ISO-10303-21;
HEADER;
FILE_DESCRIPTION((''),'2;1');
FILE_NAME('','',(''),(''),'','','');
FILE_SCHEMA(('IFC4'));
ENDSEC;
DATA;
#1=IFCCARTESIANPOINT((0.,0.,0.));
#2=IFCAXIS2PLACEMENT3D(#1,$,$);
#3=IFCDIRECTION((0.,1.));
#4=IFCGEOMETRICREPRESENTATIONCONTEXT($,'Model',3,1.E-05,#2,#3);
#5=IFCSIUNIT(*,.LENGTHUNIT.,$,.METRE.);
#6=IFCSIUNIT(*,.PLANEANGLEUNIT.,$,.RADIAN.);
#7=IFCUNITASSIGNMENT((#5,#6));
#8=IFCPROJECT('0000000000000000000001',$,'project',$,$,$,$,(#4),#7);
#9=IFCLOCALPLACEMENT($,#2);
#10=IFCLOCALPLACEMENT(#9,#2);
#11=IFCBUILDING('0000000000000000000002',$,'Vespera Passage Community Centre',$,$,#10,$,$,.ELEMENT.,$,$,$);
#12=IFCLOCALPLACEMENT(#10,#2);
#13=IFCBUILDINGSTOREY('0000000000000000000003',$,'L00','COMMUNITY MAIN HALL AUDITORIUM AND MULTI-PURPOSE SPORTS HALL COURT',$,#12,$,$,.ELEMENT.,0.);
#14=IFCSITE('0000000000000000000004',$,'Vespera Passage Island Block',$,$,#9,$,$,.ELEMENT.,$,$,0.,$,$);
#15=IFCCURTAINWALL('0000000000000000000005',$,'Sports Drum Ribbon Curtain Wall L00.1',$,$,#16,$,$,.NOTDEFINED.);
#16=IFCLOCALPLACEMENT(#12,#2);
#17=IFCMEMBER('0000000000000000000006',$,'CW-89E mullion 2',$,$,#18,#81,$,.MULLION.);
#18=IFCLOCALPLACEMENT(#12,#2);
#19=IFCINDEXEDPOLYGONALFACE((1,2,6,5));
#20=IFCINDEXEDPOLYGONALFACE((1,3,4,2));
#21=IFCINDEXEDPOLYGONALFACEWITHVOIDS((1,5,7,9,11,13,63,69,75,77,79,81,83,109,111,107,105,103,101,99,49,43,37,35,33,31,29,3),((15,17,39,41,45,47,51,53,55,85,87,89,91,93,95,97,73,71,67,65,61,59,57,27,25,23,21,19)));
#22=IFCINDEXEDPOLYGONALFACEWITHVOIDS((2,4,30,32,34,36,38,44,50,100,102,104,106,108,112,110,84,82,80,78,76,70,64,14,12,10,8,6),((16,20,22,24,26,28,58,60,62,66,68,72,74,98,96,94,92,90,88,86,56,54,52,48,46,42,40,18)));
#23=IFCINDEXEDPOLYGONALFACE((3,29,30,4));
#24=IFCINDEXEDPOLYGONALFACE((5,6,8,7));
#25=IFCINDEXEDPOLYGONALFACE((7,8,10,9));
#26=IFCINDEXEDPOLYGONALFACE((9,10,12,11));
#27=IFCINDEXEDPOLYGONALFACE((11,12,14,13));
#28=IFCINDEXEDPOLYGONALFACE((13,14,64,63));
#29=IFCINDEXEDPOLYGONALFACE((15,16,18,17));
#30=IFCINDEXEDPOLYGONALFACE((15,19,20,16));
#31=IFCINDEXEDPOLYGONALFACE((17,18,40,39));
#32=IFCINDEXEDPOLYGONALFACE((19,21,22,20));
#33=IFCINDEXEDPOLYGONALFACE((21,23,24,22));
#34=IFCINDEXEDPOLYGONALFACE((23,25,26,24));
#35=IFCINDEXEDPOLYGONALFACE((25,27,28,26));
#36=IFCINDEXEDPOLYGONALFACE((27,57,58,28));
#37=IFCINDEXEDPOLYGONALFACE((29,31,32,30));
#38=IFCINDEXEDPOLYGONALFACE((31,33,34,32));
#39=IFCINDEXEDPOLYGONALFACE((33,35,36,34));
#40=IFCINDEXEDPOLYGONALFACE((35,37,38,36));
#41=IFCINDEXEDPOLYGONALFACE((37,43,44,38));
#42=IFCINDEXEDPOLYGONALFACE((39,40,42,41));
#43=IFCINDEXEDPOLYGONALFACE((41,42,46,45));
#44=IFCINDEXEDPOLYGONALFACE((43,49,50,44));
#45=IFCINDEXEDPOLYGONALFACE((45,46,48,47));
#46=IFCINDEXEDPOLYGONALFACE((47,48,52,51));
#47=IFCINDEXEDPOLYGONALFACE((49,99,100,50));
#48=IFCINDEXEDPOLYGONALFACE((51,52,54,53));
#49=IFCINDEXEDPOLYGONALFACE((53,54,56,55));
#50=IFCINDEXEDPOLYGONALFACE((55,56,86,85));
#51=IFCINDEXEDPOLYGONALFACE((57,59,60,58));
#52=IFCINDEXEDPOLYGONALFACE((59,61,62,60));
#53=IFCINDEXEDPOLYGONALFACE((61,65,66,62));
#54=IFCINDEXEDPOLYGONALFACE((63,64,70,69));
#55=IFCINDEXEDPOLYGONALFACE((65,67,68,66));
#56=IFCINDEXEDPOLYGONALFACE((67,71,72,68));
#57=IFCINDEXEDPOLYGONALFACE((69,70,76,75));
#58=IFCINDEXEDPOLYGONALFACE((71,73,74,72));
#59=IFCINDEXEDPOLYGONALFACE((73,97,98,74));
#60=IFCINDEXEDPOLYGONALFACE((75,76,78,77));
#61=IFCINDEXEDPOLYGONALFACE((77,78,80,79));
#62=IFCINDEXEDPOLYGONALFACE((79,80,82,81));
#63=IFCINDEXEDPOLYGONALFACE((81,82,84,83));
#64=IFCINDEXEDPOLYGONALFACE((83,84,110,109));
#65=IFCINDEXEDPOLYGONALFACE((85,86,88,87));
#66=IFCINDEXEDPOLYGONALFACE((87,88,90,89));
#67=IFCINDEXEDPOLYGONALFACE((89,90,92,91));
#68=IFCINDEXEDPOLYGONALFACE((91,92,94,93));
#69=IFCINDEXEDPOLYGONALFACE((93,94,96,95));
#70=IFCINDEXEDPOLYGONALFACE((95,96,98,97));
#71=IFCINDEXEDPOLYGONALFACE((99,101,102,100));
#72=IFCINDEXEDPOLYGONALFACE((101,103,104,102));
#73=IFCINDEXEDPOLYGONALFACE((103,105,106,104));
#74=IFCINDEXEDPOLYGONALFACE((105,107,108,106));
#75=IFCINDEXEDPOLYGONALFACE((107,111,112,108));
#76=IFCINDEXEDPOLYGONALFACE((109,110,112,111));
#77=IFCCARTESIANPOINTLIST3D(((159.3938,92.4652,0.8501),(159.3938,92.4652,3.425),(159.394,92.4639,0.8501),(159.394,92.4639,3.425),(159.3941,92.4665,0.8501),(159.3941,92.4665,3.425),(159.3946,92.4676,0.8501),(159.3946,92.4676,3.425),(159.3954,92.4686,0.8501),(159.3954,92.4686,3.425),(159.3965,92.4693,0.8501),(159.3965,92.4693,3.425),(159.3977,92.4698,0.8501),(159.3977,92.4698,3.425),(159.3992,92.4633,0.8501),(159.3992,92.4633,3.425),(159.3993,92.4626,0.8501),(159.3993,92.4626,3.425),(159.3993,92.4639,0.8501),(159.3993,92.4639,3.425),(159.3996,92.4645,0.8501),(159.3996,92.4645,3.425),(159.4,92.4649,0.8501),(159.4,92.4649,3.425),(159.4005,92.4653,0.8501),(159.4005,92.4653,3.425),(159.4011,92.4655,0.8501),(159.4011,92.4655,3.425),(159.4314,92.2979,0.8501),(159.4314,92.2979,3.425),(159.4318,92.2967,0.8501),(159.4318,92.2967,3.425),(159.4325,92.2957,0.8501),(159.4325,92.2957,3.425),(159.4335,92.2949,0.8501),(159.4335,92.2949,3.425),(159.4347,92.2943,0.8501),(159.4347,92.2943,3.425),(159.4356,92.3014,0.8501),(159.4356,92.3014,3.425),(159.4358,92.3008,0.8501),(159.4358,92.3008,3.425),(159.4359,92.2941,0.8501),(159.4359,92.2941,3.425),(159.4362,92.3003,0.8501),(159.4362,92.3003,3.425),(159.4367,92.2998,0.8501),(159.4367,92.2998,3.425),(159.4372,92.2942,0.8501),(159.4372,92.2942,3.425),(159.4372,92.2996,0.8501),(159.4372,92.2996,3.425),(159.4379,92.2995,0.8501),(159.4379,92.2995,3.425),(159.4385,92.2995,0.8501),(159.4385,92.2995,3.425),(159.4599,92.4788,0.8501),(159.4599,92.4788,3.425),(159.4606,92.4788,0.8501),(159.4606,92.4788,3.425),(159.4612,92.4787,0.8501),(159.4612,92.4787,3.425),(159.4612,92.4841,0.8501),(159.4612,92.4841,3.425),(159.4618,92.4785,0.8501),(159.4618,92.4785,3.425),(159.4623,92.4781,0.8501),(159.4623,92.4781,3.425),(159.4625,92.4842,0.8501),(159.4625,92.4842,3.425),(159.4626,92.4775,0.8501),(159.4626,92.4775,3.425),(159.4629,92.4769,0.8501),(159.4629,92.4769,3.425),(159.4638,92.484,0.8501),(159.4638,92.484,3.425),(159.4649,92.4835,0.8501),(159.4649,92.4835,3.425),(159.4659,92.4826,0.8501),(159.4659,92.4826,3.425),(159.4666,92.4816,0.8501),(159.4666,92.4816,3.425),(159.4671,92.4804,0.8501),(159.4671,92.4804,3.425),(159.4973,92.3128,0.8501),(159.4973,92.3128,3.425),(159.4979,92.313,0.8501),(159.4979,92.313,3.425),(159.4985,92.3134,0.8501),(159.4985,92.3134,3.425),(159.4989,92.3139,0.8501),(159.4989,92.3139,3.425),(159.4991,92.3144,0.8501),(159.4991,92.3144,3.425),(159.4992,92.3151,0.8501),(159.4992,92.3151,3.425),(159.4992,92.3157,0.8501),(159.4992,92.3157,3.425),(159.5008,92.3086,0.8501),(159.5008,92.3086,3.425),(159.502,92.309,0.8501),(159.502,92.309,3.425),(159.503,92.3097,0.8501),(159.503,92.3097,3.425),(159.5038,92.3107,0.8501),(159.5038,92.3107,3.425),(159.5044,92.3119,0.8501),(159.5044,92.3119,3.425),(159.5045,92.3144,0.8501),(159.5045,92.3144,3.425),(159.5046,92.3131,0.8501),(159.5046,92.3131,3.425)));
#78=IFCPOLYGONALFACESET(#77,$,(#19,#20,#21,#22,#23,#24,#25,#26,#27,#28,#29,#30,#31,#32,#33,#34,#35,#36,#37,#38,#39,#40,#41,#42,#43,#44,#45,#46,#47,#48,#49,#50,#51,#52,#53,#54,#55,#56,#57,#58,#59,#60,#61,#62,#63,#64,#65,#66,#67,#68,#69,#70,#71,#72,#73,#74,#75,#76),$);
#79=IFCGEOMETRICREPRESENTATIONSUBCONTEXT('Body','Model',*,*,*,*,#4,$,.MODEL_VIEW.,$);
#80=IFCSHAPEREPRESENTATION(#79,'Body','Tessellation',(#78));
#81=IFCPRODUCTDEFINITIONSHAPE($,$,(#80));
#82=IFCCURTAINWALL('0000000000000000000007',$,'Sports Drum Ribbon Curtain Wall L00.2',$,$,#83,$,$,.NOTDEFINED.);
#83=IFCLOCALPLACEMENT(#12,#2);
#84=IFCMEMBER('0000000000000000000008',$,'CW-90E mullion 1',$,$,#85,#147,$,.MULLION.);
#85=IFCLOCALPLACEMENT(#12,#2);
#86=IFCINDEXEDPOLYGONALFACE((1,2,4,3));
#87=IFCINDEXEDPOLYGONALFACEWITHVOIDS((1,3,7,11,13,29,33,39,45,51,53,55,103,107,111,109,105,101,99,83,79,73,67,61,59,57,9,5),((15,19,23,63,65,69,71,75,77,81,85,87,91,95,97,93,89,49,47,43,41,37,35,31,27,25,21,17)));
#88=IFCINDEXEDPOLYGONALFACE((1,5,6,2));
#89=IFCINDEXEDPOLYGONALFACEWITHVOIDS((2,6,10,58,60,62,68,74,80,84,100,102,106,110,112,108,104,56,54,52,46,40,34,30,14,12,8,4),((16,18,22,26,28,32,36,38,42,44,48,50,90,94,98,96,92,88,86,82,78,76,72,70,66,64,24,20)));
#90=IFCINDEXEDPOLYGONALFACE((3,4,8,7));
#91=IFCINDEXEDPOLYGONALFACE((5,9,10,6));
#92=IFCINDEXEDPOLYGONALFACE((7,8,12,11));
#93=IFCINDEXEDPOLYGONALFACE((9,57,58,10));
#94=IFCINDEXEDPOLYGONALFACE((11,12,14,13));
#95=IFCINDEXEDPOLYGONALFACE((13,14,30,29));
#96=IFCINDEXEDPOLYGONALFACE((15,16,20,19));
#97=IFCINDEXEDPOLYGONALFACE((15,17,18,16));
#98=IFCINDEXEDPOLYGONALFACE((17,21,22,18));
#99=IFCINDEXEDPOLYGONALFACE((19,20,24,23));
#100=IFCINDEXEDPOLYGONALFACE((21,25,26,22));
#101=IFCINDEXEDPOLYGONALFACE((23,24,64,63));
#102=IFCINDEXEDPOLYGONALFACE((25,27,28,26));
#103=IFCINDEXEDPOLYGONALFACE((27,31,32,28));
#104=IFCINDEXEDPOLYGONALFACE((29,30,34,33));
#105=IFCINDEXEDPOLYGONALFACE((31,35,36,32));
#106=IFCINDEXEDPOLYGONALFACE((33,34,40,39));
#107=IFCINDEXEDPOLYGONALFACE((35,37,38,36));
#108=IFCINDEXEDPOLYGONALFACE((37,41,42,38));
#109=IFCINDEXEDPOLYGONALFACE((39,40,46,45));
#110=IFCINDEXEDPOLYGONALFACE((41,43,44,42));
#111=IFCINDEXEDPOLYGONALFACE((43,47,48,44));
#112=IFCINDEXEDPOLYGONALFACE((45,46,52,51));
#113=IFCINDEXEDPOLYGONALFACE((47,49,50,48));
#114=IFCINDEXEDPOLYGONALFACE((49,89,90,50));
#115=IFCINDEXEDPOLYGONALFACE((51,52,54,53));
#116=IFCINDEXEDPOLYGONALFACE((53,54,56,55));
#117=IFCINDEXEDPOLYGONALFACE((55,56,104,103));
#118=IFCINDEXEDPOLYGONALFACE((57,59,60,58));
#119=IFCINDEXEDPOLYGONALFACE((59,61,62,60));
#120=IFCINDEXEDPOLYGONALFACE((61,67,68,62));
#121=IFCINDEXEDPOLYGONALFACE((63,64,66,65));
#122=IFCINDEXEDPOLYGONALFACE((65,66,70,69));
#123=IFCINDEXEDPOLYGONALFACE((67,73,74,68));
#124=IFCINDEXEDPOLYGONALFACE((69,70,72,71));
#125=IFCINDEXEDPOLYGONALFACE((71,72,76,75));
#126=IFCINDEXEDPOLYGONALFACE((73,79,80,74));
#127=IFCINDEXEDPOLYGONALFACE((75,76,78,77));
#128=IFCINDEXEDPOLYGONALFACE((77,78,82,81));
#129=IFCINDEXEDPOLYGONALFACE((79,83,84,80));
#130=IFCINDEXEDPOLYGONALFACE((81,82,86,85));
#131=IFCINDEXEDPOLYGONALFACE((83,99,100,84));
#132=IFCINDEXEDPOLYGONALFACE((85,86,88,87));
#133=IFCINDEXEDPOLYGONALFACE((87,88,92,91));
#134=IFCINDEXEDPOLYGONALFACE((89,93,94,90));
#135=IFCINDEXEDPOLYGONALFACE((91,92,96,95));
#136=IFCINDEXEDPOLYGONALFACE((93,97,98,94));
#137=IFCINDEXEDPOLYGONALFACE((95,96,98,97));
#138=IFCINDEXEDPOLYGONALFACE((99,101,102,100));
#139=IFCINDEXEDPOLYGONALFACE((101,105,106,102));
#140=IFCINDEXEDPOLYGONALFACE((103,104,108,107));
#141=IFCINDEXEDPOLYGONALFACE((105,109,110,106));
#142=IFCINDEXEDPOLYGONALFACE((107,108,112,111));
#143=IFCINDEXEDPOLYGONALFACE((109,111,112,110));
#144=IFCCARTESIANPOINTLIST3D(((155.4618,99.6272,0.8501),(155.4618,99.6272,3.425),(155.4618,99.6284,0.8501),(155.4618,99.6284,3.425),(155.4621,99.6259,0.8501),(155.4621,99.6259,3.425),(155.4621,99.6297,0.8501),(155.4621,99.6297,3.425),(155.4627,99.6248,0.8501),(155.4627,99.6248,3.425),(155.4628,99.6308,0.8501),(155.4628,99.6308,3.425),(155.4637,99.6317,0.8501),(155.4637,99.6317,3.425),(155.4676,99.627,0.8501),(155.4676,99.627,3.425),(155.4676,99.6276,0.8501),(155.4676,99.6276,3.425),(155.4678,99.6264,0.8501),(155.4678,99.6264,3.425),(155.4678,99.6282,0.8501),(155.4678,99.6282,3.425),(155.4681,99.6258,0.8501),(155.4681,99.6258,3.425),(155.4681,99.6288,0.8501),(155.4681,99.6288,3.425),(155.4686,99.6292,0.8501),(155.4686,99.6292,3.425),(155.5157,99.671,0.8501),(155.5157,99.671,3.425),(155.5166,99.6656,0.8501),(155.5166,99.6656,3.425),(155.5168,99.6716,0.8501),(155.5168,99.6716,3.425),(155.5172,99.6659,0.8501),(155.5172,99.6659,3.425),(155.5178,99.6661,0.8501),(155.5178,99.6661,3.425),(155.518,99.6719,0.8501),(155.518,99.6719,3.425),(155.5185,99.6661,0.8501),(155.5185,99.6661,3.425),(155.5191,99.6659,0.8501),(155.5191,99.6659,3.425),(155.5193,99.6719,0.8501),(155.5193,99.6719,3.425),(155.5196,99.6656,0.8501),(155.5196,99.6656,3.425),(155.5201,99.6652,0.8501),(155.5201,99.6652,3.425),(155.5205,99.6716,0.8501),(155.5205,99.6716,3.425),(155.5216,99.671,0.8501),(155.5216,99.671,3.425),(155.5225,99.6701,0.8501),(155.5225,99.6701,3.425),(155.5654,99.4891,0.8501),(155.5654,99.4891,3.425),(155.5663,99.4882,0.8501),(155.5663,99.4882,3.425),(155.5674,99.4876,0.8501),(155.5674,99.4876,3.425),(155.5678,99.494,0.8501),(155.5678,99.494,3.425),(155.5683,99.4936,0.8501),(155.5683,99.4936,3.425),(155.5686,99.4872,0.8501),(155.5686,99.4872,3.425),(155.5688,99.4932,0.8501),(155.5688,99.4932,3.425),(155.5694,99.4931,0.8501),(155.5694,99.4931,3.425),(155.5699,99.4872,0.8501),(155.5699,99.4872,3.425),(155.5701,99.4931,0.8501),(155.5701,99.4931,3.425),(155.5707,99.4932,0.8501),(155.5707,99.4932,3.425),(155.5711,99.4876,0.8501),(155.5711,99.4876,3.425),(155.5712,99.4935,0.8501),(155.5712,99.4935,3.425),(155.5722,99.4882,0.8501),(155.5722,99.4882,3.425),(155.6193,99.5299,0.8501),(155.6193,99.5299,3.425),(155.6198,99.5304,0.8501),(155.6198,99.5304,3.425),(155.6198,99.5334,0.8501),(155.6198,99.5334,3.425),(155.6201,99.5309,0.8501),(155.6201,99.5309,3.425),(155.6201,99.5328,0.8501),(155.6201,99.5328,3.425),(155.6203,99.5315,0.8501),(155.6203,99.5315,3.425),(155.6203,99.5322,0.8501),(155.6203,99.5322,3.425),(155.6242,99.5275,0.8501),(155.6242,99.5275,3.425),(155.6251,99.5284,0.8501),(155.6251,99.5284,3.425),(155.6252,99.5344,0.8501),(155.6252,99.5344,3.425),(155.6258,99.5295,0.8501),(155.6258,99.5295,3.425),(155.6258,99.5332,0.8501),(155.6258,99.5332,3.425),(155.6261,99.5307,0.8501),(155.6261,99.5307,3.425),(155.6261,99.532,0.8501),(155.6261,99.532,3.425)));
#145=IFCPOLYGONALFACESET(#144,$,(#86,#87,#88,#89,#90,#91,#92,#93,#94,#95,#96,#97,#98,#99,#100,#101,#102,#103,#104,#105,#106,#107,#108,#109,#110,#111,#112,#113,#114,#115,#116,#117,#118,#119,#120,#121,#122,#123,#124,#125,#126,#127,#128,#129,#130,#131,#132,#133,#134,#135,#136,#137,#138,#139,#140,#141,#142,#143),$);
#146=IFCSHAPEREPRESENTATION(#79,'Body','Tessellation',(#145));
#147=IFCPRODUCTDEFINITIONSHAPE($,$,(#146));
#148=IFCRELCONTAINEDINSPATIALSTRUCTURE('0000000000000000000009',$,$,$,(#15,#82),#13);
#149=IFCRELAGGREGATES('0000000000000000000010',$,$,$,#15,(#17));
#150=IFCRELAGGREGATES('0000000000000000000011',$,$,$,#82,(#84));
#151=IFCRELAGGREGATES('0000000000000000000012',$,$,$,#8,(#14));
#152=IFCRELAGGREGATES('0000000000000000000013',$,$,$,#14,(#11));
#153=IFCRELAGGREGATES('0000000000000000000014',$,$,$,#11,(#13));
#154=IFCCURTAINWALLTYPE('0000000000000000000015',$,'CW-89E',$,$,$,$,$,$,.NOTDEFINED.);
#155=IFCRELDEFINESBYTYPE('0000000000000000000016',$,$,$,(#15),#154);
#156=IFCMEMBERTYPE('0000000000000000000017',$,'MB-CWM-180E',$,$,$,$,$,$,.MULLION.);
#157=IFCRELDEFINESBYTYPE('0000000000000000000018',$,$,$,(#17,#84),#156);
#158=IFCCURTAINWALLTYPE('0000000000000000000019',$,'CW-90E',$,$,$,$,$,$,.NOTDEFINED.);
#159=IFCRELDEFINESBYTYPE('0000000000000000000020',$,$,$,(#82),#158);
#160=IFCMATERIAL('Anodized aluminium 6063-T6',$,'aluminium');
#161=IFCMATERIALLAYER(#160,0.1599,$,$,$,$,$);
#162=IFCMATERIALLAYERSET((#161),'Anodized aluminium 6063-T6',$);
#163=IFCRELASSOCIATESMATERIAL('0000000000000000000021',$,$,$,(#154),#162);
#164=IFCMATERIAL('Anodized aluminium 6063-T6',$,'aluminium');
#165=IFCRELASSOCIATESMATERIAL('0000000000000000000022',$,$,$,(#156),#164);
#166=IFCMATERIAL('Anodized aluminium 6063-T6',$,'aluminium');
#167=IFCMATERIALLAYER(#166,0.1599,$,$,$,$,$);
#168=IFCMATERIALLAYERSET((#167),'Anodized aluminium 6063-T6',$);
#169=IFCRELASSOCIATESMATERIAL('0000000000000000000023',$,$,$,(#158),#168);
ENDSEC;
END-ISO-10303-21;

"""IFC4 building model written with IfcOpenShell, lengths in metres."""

from ifc_helpers import new_model, si_unit, direction, frame, origin, origin_2d, place, context, subcontext, project, spatial, hollow_rectangle, extrude, material, layer, layer_set, material_profile, profile_set, type_object, element, aggregate, save


model = new_model("IFC4")

# Units and contexts
model_context = context("Model", 3, precision=1e-05, world=origin(), true_north=direction((0.0, 1.0)))
body_context = subcontext(model_context, "Body", "Model", "MODEL_VIEW")
ifc_project = project(units=[si_unit("LENGTHUNIT", "METRE"), si_unit("PLANEANGLEUNIT", "RADIAN")], contexts=[model_context])

# Site, building, storey
site_placement = place(None, origin())
site = spatial("IfcSite", under=ifc_project, at=site_placement, Name="Vespera Passage Island Block", CompositionType="ELEMENT", RefElevation=0.0)
building_placement = place(site_placement, origin())
building = spatial("IfcBuilding", under=site, at=building_placement, Name="Vespera Passage Community Centre", CompositionType="ELEMENT")
storey_placement = place(building_placement, origin())
storey = spatial("IfcBuildingStorey", under=building, at=storey_placement, Name="L00", Description="COMMUNITY MAIN HALL AUDITORIUM AND MULTI-PURPOSE SPORTS HALL COURT", CompositionType="ELEMENT", Elevation=0.0)

# Curtain walls, members
ifc_material_1 = material(Name="Anodized aluminium 6063-T6", Category="aluminium")
ifc_layer_1 = layer(ifc_material_1, 0.1599)
ifc_layer_set_1 = layer_set([ifc_layer_1], Name="Anodized aluminium 6063-T6")
curtain_wall_type_1 = type_object("IfcCurtainWallType", Name="CW-89E", PredefinedType="NOTDEFINED", material=ifc_layer_set_1)
curtain_wall_1_placement = place(storey_placement, origin())
curtain_wall_1 = element("IfcCurtainWall", 1, at=curtain_wall_1_placement, inside=storey, type_object=curtain_wall_type_1, Name="Sports Drum Ribbon Curtain Wall L00.1", PredefinedType="NOTDEFINED")
ifc_material_2 = material(Name="Anodized aluminium 6063-T6", Category="aluminium")
ifc_material_profile_1 = material_profile(ifc_material_2, hollow_rectangle(XDim=0.075, YDim=0.1799, WallThickness=0.0049, InnerFilletRadius=0.0024, OuterFilletRadius=0.0049, at=origin_2d()), Name="ALU180X75X5")
ifc_profile_set_1 = profile_set([ifc_material_profile_1], Name="Anodized aluminium 6063-T6")
member_type_1 = type_object("IfcMemberType", Name="MB-CWM-180E", PredefinedType="MULLION", material=ifc_profile_set_1)
member_1_placement = place(storey_placement, frame((159.4492, 92.3892, 0.8501), z_axis=(0.0, 0.0, 1.0), x_axis=(0.975553, 0.219763, 0.0)))
member_1 = element("IfcMember", 2, at=member_1_placement, type_object=member_type_1, Name="CW-89E mullion 2", PredefinedType="MULLION", context=body_context, shape_type="SweptSolid", body=[
    extrude(hollow_rectangle(XDim=0.075, YDim=0.1799, WallThickness=0.0049, InnerFilletRadius=0.0024, OuterFilletRadius=0.0049, at=origin_2d()), origin(), (0.0, 0.0, 1.0), 2.575),
])
ifc_material_3 = material(Name="Anodized aluminium 6063-T6", Category="aluminium")
ifc_layer_2 = layer(ifc_material_3, 0.1599)
ifc_layer_set_2 = layer_set([ifc_layer_2], Name="Anodized aluminium 6063-T6")
curtain_wall_type_2 = type_object("IfcCurtainWallType", Name="CW-90E", PredefinedType="NOTDEFINED", material=ifc_layer_set_2)
curtain_wall_2_placement = place(storey_placement, origin())
curtain_wall_2 = element("IfcCurtainWall", 3, at=curtain_wall_2_placement, inside=storey, type_object=curtain_wall_type_2, Name="Sports Drum Ribbon Curtain Wall L00.2", PredefinedType="NOTDEFINED")
member_2_placement = place(storey_placement, frame((155.5439, 99.5796, 0.8501), z_axis=(0.0, 0.0, 1.0), x_axis=(0.797434, 0.603406, 0.0)))
member_2 = element("IfcMember", 4, at=member_2_placement, type_object=member_type_1, Name="CW-90E mullion 1", PredefinedType="MULLION", context=body_context, shape_type="SweptSolid", body=[
    extrude(hollow_rectangle(XDim=0.075, YDim=0.1799, WallThickness=0.0049, InnerFilletRadius=0.0024, OuterFilletRadius=0.0049, at=origin_2d()), origin(), (0.0, 0.0, 1.0), 2.575),
])

aggregate(curtain_wall_1, [member_1])
aggregate(curtain_wall_2, [member_2])

save(model, "model.ifc")
